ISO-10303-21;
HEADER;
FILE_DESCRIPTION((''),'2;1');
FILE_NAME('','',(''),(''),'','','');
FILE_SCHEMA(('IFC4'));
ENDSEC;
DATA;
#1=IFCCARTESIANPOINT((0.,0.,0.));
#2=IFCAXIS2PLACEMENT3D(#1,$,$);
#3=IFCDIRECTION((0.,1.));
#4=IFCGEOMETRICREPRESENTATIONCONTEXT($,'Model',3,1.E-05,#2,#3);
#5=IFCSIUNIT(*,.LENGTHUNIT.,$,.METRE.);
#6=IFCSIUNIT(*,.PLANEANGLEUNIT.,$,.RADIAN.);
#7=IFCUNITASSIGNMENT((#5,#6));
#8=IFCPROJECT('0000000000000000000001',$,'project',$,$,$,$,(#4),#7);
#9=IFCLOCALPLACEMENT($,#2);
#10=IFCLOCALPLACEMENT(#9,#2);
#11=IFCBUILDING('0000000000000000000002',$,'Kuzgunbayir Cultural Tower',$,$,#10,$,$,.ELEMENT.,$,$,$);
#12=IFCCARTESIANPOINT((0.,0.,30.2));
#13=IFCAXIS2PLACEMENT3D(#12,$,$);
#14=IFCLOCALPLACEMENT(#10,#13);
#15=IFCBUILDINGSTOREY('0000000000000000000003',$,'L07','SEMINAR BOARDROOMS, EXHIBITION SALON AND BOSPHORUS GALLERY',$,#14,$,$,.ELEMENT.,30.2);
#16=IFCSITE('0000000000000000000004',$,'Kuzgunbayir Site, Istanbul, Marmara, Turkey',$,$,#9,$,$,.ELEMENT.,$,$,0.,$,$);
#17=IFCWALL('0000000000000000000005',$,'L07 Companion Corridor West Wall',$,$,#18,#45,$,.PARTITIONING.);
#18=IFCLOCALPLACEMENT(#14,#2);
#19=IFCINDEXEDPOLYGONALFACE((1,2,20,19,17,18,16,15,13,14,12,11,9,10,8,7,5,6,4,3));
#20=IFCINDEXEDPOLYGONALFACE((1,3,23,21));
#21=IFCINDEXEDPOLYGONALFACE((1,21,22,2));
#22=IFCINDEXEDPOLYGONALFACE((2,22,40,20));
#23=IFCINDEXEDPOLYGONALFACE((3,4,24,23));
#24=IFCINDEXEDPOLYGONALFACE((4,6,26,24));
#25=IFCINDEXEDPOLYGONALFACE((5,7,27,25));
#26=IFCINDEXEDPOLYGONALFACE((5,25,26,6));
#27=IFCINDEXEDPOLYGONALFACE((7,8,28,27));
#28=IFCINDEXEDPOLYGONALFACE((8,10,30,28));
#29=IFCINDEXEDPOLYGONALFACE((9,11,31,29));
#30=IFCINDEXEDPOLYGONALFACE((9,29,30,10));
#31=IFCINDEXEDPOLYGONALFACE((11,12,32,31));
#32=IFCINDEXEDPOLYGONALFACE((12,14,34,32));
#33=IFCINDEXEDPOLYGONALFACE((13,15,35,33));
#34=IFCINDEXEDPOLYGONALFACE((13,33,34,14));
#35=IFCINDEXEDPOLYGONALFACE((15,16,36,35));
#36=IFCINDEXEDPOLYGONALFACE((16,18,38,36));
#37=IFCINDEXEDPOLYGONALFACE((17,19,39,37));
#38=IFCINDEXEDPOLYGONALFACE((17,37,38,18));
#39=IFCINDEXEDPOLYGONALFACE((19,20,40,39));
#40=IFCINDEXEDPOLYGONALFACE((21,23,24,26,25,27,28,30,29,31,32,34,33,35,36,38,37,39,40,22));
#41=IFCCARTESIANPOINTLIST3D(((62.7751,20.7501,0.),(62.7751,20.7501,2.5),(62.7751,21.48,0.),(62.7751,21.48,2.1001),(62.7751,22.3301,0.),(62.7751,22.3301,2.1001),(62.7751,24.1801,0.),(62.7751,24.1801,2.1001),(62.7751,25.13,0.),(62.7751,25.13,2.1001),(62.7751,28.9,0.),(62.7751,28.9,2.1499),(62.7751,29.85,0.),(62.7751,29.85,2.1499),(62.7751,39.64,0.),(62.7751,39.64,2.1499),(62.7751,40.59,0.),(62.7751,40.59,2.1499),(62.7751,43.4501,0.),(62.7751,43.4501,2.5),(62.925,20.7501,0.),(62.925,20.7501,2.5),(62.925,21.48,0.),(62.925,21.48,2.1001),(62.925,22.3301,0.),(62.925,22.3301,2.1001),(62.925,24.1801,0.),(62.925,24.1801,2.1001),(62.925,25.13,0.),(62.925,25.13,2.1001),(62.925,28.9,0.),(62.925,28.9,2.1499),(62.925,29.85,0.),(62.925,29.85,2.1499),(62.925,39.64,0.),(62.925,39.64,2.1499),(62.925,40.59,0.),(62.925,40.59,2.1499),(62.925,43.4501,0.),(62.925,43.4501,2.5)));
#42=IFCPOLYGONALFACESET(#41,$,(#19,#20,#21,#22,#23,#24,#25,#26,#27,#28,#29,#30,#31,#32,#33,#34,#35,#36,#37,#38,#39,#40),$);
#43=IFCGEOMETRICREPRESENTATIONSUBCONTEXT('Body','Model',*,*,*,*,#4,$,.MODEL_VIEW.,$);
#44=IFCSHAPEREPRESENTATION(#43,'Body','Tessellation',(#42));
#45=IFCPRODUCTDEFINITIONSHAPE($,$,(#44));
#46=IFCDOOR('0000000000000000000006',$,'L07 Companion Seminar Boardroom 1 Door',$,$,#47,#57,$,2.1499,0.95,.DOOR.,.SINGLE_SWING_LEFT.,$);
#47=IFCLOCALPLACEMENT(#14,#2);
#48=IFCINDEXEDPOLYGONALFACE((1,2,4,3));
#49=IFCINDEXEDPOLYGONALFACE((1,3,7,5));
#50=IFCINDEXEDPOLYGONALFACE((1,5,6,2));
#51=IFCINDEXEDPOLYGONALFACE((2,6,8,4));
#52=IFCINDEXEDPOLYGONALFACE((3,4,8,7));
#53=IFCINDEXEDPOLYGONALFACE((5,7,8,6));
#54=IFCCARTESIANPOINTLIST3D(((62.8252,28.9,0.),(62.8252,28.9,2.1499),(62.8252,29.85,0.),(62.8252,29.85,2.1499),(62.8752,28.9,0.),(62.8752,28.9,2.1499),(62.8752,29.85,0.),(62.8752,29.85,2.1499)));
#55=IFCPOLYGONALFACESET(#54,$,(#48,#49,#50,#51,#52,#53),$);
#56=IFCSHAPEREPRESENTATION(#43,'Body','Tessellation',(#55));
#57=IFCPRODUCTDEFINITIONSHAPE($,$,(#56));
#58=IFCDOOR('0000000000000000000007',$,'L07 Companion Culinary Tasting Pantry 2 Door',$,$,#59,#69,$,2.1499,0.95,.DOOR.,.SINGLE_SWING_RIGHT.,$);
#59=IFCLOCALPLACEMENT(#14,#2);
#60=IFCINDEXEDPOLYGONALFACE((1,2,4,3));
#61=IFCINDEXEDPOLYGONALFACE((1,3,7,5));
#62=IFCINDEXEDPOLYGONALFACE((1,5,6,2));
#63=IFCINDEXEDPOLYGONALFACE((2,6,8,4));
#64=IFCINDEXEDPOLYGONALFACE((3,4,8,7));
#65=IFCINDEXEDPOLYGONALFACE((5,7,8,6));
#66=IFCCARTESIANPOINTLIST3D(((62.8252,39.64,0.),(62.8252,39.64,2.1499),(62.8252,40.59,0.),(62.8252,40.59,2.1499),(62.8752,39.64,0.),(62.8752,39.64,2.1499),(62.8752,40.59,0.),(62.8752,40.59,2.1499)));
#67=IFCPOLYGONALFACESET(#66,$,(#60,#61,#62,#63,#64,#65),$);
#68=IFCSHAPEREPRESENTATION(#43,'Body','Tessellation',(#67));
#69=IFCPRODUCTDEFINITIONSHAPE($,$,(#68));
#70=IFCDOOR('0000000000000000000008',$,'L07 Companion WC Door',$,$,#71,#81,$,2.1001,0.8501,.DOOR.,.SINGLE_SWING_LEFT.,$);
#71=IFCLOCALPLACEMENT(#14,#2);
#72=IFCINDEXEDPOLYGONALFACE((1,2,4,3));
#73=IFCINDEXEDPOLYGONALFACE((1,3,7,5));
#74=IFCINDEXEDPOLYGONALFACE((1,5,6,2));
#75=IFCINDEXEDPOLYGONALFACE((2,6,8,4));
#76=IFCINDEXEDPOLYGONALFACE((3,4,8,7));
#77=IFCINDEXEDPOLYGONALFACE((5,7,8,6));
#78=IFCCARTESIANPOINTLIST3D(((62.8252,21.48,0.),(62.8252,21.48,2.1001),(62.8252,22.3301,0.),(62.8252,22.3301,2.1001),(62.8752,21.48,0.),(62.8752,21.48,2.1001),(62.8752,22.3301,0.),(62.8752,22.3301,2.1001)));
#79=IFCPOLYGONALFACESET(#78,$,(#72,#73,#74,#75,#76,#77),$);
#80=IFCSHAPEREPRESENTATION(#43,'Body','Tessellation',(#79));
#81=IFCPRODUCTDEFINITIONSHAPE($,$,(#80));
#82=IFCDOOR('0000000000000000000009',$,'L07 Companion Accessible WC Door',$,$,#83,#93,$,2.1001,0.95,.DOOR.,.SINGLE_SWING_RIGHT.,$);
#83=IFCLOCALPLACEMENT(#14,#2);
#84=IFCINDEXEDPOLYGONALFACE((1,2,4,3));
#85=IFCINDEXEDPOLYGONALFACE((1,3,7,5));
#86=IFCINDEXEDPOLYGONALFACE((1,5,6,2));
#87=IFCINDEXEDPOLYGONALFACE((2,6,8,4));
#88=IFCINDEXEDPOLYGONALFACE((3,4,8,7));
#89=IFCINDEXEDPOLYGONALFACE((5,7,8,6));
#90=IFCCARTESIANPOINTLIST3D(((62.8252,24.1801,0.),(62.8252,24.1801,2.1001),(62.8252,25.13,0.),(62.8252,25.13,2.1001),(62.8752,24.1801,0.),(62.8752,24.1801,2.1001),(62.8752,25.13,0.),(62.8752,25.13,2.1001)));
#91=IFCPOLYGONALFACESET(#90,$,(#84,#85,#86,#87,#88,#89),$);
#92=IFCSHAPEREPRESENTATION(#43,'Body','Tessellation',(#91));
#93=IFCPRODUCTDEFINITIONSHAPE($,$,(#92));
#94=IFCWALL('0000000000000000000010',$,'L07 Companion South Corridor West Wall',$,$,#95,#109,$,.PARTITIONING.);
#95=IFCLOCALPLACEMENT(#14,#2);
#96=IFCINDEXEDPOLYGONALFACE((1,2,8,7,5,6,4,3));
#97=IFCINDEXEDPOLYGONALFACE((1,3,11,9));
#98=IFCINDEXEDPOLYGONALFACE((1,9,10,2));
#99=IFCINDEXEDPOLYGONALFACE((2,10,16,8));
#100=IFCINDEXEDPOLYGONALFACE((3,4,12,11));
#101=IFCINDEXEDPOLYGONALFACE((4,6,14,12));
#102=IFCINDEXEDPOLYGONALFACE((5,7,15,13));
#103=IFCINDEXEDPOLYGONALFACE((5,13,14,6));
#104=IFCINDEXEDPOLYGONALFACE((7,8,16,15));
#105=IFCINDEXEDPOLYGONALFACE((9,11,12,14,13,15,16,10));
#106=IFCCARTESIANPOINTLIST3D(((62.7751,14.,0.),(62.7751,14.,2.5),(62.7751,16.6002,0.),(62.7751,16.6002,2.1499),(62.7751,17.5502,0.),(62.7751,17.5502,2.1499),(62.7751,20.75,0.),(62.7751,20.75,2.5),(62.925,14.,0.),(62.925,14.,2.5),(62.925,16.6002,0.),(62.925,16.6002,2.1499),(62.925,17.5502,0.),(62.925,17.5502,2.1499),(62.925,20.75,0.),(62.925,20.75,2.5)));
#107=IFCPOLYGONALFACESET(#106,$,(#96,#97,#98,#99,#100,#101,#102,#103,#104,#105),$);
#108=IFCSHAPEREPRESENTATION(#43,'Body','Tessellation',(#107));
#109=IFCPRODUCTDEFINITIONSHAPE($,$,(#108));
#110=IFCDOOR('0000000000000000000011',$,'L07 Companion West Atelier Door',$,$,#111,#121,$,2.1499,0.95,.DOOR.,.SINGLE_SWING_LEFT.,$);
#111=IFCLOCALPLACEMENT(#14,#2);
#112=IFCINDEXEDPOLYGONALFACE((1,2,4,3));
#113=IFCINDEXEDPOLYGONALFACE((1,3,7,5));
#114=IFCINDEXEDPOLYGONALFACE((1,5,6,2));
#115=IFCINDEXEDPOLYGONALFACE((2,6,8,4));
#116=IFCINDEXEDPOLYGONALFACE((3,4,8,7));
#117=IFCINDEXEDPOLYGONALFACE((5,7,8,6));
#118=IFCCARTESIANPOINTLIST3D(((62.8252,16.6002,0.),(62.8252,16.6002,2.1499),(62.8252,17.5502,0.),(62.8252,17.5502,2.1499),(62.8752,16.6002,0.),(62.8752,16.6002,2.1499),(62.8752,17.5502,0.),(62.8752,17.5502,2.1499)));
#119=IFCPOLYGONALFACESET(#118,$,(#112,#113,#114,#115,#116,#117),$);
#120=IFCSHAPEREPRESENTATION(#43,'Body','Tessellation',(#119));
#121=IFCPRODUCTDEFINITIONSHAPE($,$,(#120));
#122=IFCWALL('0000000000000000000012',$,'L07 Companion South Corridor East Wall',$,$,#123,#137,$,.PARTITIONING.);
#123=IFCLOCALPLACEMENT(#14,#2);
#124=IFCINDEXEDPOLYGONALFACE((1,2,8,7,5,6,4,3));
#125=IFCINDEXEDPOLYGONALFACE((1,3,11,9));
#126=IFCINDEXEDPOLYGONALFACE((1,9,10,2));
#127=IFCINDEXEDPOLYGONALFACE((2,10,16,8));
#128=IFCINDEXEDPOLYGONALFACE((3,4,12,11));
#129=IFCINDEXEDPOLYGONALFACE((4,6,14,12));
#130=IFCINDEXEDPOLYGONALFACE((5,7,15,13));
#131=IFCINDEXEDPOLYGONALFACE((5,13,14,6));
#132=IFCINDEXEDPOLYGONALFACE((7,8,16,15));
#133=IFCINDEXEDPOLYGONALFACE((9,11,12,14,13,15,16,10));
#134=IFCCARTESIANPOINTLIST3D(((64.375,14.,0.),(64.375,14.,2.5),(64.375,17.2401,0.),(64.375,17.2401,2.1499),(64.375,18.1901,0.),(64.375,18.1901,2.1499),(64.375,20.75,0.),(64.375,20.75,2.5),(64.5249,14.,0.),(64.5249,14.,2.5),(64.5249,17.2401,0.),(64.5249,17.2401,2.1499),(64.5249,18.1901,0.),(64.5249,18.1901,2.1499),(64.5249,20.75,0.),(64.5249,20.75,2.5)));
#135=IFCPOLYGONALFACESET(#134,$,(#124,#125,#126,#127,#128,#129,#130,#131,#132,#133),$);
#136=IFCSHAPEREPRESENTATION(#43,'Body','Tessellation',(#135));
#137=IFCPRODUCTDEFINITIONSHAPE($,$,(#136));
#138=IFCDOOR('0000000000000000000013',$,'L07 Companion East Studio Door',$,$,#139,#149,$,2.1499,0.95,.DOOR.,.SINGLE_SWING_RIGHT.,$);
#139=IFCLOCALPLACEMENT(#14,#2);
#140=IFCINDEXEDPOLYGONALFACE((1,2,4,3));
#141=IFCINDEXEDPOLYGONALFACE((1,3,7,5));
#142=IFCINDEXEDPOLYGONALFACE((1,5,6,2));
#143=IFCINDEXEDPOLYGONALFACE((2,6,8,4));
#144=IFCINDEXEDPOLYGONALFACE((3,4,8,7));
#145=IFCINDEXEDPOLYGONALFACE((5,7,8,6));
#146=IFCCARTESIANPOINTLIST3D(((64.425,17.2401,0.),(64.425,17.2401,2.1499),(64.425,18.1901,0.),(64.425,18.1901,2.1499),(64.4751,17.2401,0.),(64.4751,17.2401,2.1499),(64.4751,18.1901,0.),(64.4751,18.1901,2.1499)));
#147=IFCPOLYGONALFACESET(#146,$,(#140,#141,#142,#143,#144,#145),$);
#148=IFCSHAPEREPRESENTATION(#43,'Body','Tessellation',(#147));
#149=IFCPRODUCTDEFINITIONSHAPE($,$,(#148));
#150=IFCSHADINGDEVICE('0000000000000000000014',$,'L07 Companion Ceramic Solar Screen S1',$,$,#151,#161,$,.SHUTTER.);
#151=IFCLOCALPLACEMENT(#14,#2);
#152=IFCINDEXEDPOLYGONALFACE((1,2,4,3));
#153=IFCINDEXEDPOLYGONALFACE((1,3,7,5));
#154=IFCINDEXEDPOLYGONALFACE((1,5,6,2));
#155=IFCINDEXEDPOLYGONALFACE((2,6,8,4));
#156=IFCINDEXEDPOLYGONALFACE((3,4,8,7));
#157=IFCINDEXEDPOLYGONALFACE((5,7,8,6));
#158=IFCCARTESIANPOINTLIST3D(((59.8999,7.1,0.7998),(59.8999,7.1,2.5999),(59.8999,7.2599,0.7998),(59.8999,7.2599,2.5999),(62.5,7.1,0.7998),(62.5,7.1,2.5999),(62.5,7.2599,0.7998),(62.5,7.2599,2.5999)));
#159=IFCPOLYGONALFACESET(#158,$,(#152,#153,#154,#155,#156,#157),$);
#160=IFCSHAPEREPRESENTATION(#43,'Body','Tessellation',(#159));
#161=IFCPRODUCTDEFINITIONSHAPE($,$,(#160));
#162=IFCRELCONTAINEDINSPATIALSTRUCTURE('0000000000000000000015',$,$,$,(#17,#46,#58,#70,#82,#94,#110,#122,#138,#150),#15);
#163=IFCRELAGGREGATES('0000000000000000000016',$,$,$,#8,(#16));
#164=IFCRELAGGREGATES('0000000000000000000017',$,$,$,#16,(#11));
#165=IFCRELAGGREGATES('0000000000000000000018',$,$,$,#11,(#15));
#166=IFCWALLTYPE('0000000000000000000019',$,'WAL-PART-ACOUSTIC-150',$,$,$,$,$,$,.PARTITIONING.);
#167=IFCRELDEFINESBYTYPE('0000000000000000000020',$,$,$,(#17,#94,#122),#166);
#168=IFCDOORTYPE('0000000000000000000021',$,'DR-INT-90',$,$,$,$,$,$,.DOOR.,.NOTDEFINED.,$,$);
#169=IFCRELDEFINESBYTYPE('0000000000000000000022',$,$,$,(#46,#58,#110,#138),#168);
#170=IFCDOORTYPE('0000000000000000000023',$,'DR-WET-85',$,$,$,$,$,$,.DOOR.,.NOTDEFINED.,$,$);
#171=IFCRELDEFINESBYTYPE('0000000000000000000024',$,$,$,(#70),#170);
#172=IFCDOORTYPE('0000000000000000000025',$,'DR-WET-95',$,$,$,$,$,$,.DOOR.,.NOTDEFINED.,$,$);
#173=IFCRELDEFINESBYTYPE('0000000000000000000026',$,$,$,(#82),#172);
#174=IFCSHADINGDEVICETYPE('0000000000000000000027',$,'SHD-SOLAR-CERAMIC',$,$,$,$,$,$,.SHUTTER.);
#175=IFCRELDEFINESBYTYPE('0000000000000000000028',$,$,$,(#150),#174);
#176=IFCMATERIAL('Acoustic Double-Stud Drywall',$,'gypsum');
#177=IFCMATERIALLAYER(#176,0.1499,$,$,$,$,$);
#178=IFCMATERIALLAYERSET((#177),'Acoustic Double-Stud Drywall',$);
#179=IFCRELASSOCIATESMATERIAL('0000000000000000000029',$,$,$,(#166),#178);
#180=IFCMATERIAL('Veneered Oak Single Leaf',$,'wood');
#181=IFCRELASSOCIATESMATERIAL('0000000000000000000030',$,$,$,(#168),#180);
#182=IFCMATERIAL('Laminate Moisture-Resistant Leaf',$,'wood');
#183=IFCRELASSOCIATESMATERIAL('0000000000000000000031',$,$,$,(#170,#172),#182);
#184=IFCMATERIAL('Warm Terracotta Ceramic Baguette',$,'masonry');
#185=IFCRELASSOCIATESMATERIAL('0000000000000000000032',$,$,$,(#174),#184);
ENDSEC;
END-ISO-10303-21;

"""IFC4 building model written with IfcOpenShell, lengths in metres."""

from ifc_helpers import new_model, si_unit, direction, frame, frame_2d, origin, origin_2d, place, context, subcontext, project, spatial, rectangle, extrude, material, layer, layer_set, type_object, element, fill, save


model = new_model("IFC4")

# Units and contexts
model_context = context("Model", 3, precision=1e-05, world=origin(), true_north=direction((0.0, 1.0)))
body_context = subcontext(model_context, "Body", "Model", "MODEL_VIEW")
ifc_project = project(units=[si_unit("LENGTHUNIT", "METRE"), si_unit("PLANEANGLEUNIT", "RADIAN")], contexts=[model_context])

# Site, building, storey
site_placement = place(None, origin())
site = spatial("IfcSite", under=ifc_project, at=site_placement, Name="Kuzgunbayir Site, Istanbul, Marmara, Turkey", CompositionType="ELEMENT", RefElevation=0.0)
building_placement = place(site_placement, origin())
building = spatial("IfcBuilding", under=site, at=building_placement, Name="Kuzgunbayir Cultural Tower", CompositionType="ELEMENT")
storey_placement = place(building_placement, frame((0.0, 0.0, 30.2)))
storey = spatial("IfcBuildingStorey", under=building, at=storey_placement, Name="L07", Description="SEMINAR BOARDROOMS, EXHIBITION SALON AND BOSPHORUS GALLERY", CompositionType="ELEMENT", Elevation=30.2)

# Shared definitions
ifc_material_1 = material(Name="Acoustic Double-Stud Drywall", Category="gypsum")
ifc_layer_1 = layer(ifc_material_1, 0.1499)
ifc_layer_set_1 = layer_set([ifc_layer_1], Name="Acoustic Double-Stud Drywall")
wall_type_1 = type_object("IfcWallType", Name="WAL-PART-ACOUSTIC-150", PredefinedType="PARTITIONING", material=ifc_layer_set_1)
ifc_material_2 = material(Name="Veneered Oak Single Leaf", Category="wood")
door_type_1 = type_object("IfcDoorType", Name="DR-INT-90", OperationType="NOTDEFINED", PredefinedType="DOOR", material=ifc_material_2)

# Wall, openings, doors
wall_1_placement = place(storey_placement, frame((62.8501, 20.75, 0.0), z_axis=(0.0, 0.0, 1.0), x_axis=(0.0, 1.0, 0.0)))
wall_1 = element("IfcWall", 1, at=wall_1_placement, inside=storey, type_object=wall_type_1, Name="L07 Companion Corridor West Wall", PredefinedType="PARTITIONING", context=body_context, shape_type="SweptSolid", body=[
    extrude(rectangle(XDim=22.7, YDim=0.1499, at=frame_2d((11.3501, 0.0))), origin(), (0.0, 0.0, 1.0), 2.5),
])
opening_1_placement = place(wall_1_placement, frame((0.73, 0.0, 0.0)))
opening_1 = element("IfcOpeningElement", 2, at=opening_1_placement, cuts=wall_1, PredefinedType="OPENING", context=body_context, shape_type="SweptSolid", body=[
    extrude(rectangle(XDim=0.8501, YDim=2.1001, at=frame_2d((0.425, 1.05))), frame((0.0, 0.085, 0.0), z_axis=(0.0, -1.0, 0.0), x_axis=(1.0, 0.0, 0.0)), (0.0, 0.0, 1.0), 0.1699),
])
opening_2_placement = place(wall_1_placement, frame((3.4299, 0.0, 0.0)))
opening_2 = element("IfcOpeningElement", 3, at=opening_2_placement, cuts=wall_1, PredefinedType="OPENING", context=body_context, shape_type="SweptSolid", body=[
    extrude(rectangle(XDim=0.95, YDim=2.1001, at=frame_2d((0.4751, 1.05))), frame((0.0, 0.085, 0.0), z_axis=(0.0, -1.0, 0.0), x_axis=(1.0, 0.0, 0.0)), (0.0, 0.0, 1.0), 0.1699),
])
opening_3_placement = place(wall_1_placement, frame((8.1499, 0.0, 0.0)))
opening_3 = element("IfcOpeningElement", 4, at=opening_3_placement, cuts=wall_1, PredefinedType="OPENING", context=body_context, shape_type="SweptSolid", body=[
    extrude(rectangle(XDim=0.95, YDim=2.1499, at=frame_2d((0.4751, 1.075))), frame((0.0, 0.085, 0.0), z_axis=(0.0, -1.0, 0.0), x_axis=(1.0, 0.0, 0.0)), (0.0, 0.0, 1.0), 0.1699),
])
opening_4_placement = place(wall_1_placement, frame((18.8899, 0.0, 0.0)))
opening_4 = element("IfcOpeningElement", 5, at=opening_4_placement, cuts=wall_1, PredefinedType="OPENING", context=body_context, shape_type="SweptSolid", body=[
    extrude(rectangle(XDim=0.95, YDim=2.1499, at=frame_2d((0.4751, 1.075))), frame((0.0, 0.085, 0.0), z_axis=(0.0, -1.0, 0.0), x_axis=(1.0, 0.0, 0.0)), (0.0, 0.0, 1.0), 0.1699),
])
door_1_placement = place(opening_3_placement, origin())
door_1 = element("IfcDoor", 6, at=door_1_placement, inside=storey, type_object=door_type_1, Name="L07 Companion Seminar Boardroom 1 Door", OperationType="SINGLE_SWING_LEFT", OverallHeight=2.1499, OverallWidth=0.95, PredefinedType="DOOR", context=body_context, shape_type="SweptSolid", body=[
    extrude(rectangle(XDim=0.95, YDim=2.1499, at=frame_2d((0.4751, 1.075))), frame((0.0, 0.0249, 0.0), z_axis=(0.0, -1.0, 0.0), x_axis=(1.0, 0.0, 0.0)), (0.0, 0.0, 1.0), 0.05),
])
fill(opening_3, door_1)
door_2_placement = place(opening_4_placement, origin())
door_2 = element("IfcDoor", 7, at=door_2_placement, inside=storey, type_object=door_type_1, Name="L07 Companion Culinary Tasting Pantry 2 Door", OperationType="SINGLE_SWING_RIGHT", OverallHeight=2.1499, OverallWidth=0.95, PredefinedType="DOOR", context=body_context, shape_type="SweptSolid", body=[
    extrude(rectangle(XDim=0.95, YDim=2.1499, at=frame_2d((0.4751, 1.075))), frame((0.0, 0.0249, 0.0), z_axis=(0.0, -1.0, 0.0), x_axis=(1.0, 0.0, 0.0)), (0.0, 0.0, 1.0), 0.05),
])
fill(opening_4, door_2)
ifc_material_3 = material(Name="Laminate Moisture-Resistant Leaf", Category="wood")
door_type_2 = type_object("IfcDoorType", Name="DR-WET-85", OperationType="NOTDEFINED", PredefinedType="DOOR", material=ifc_material_3)
door_3_placement = place(opening_1_placement, origin())
door_3 = element("IfcDoor", 8, at=door_3_placement, inside=storey, type_object=door_type_2, Name="L07 Companion WC Door", OperationType="SINGLE_SWING_LEFT", OverallHeight=2.1001, OverallWidth=0.8501, PredefinedType="DOOR", context=body_context, shape_type="SweptSolid", body=[
    extrude(rectangle(XDim=0.8501, YDim=2.1001, at=frame_2d((0.425, 1.05))), frame((0.0, 0.0249, 0.0), z_axis=(0.0, -1.0, 0.0), x_axis=(1.0, 0.0, 0.0)), (0.0, 0.0, 1.0), 0.05),
])
fill(opening_1, door_3)
door_type_3 = type_object("IfcDoorType", Name="DR-WET-95", OperationType="NOTDEFINED", PredefinedType="DOOR", material=ifc_material_3)
door_4_placement = place(opening_2_placement, origin())
door_4 = element("IfcDoor", 9, at=door_4_placement, inside=storey, type_object=door_type_3, Name="L07 Companion Accessible WC Door", OperationType="SINGLE_SWING_RIGHT", OverallHeight=2.1001, OverallWidth=0.95, PredefinedType="DOOR", context=body_context, shape_type="SweptSolid", body=[
    extrude(rectangle(XDim=0.95, YDim=2.1001, at=frame_2d((0.4751, 1.05))), frame((0.0, 0.0249, 0.0), z_axis=(0.0, -1.0, 0.0), x_axis=(1.0, 0.0, 0.0)), (0.0, 0.0, 1.0), 0.05),
])
fill(opening_2, door_4)

# Walls, openings, doors
wall_2_placement = place(storey_placement, frame((62.8501, 14.0, 0.0), z_axis=(0.0, 0.0, 1.0), x_axis=(0.0, 1.0, 0.0)))
wall_2 = element("IfcWall", 10, at=wall_2_placement, inside=storey, type_object=wall_type_1, Name="L07 Companion South Corridor West Wall", PredefinedType="PARTITIONING", context=body_context, shape_type="SweptSolid", body=[
    extrude(rectangle(XDim=6.75, YDim=0.1499, at=frame_2d((3.375, 0.0))), origin(), (0.0, 0.0, 1.0), 2.5),
])
opening_5_placement = place(wall_2_placement, frame((2.6001, 0.0, 0.0)))
opening_5 = element("IfcOpeningElement", 11, at=opening_5_placement, cuts=wall_2, PredefinedType="OPENING", context=body_context, shape_type="SweptSolid", body=[
    extrude(rectangle(XDim=0.95, YDim=2.1499, at=frame_2d((0.4751, 1.075))), frame((0.0, 0.085, 0.0), z_axis=(0.0, -1.0, 0.0), x_axis=(1.0, 0.0, 0.0)), (0.0, 0.0, 1.0), 0.1699),
])
door_5_placement = place(opening_5_placement, origin())
door_5 = element("IfcDoor", 12, at=door_5_placement, inside=storey, type_object=door_type_1, Name="L07 Companion West Atelier Door", OperationType="SINGLE_SWING_LEFT", OverallHeight=2.1499, OverallWidth=0.95, PredefinedType="DOOR", context=body_context, shape_type="SweptSolid", body=[
    extrude(rectangle(XDim=0.95, YDim=2.1499, at=frame_2d((0.4751, 1.075))), frame((0.0, 0.0249, 0.0), z_axis=(0.0, -1.0, 0.0), x_axis=(1.0, 0.0, 0.0)), (0.0, 0.0, 1.0), 0.05),
])
fill(opening_5, door_5)
wall_3_placement = place(storey_placement, frame((64.45, 14.0, 0.0), z_axis=(0.0, 0.0, 1.0), x_axis=(0.0, 1.0, 0.0)))
wall_3 = element("IfcWall", 13, at=wall_3_placement, inside=storey, type_object=wall_type_1, Name="L07 Companion South Corridor East Wall", PredefinedType="PARTITIONING", context=body_context, shape_type="SweptSolid", body=[
    extrude(rectangle(XDim=6.75, YDim=0.1499, at=frame_2d((3.375, 0.0))), origin(), (0.0, 0.0, 1.0), 2.5),
])
opening_6_placement = place(wall_3_placement, frame((3.24, 0.0, 0.0)))
opening_6 = element("IfcOpeningElement", 14, at=opening_6_placement, cuts=wall_3, PredefinedType="OPENING", context=body_context, shape_type="SweptSolid", body=[
    extrude(rectangle(XDim=0.95, YDim=2.1499, at=frame_2d((0.4751, 1.075))), frame((0.0, 0.085, 0.0), z_axis=(0.0, -1.0, 0.0), x_axis=(1.0, 0.0, 0.0)), (0.0, 0.0, 1.0), 0.1699),
])
door_6_placement = place(opening_6_placement, origin())
door_6 = element("IfcDoor", 15, at=door_6_placement, inside=storey, type_object=door_type_1, Name="L07 Companion East Studio Door", OperationType="SINGLE_SWING_RIGHT", OverallHeight=2.1499, OverallWidth=0.95, PredefinedType="DOOR", context=body_context, shape_type="SweptSolid", body=[
    extrude(rectangle(XDim=0.95, YDim=2.1499, at=frame_2d((0.4751, 1.075))), frame((0.0, 0.0249, 0.0), z_axis=(0.0, -1.0, 0.0), x_axis=(1.0, 0.0, 0.0)), (0.0, 0.0, 1.0), 0.05),
])
fill(opening_6, door_6)

# Shading device
ifc_material_4 = material(Name="Warm Terracotta Ceramic Baguette", Category="masonry")
shading_device_type = type_object("IfcShadingDeviceType", Name="SHD-SOLAR-CERAMIC", PredefinedType="SHUTTER", material=ifc_material_4)
shading_device_placement = place(storey_placement, frame((61.2, 7.1799, 0.7998), z_axis=(0.0, 0.0, 1.0), x_axis=(1.0, 0.0, 0.0)))
element("IfcShadingDevice", 16, at=shading_device_placement, inside=storey, type_object=shading_device_type, Name="L07 Companion Ceramic Solar Screen S1", PredefinedType="SHUTTER", context=body_context, shape_type="SweptSolid", body=[
    extrude(rectangle(XDim=2.6001, YDim=0.1599, at=origin_2d()), origin(), (0.0, 0.0, 1.0), 1.8),
])

save(model, "model.ifc")
